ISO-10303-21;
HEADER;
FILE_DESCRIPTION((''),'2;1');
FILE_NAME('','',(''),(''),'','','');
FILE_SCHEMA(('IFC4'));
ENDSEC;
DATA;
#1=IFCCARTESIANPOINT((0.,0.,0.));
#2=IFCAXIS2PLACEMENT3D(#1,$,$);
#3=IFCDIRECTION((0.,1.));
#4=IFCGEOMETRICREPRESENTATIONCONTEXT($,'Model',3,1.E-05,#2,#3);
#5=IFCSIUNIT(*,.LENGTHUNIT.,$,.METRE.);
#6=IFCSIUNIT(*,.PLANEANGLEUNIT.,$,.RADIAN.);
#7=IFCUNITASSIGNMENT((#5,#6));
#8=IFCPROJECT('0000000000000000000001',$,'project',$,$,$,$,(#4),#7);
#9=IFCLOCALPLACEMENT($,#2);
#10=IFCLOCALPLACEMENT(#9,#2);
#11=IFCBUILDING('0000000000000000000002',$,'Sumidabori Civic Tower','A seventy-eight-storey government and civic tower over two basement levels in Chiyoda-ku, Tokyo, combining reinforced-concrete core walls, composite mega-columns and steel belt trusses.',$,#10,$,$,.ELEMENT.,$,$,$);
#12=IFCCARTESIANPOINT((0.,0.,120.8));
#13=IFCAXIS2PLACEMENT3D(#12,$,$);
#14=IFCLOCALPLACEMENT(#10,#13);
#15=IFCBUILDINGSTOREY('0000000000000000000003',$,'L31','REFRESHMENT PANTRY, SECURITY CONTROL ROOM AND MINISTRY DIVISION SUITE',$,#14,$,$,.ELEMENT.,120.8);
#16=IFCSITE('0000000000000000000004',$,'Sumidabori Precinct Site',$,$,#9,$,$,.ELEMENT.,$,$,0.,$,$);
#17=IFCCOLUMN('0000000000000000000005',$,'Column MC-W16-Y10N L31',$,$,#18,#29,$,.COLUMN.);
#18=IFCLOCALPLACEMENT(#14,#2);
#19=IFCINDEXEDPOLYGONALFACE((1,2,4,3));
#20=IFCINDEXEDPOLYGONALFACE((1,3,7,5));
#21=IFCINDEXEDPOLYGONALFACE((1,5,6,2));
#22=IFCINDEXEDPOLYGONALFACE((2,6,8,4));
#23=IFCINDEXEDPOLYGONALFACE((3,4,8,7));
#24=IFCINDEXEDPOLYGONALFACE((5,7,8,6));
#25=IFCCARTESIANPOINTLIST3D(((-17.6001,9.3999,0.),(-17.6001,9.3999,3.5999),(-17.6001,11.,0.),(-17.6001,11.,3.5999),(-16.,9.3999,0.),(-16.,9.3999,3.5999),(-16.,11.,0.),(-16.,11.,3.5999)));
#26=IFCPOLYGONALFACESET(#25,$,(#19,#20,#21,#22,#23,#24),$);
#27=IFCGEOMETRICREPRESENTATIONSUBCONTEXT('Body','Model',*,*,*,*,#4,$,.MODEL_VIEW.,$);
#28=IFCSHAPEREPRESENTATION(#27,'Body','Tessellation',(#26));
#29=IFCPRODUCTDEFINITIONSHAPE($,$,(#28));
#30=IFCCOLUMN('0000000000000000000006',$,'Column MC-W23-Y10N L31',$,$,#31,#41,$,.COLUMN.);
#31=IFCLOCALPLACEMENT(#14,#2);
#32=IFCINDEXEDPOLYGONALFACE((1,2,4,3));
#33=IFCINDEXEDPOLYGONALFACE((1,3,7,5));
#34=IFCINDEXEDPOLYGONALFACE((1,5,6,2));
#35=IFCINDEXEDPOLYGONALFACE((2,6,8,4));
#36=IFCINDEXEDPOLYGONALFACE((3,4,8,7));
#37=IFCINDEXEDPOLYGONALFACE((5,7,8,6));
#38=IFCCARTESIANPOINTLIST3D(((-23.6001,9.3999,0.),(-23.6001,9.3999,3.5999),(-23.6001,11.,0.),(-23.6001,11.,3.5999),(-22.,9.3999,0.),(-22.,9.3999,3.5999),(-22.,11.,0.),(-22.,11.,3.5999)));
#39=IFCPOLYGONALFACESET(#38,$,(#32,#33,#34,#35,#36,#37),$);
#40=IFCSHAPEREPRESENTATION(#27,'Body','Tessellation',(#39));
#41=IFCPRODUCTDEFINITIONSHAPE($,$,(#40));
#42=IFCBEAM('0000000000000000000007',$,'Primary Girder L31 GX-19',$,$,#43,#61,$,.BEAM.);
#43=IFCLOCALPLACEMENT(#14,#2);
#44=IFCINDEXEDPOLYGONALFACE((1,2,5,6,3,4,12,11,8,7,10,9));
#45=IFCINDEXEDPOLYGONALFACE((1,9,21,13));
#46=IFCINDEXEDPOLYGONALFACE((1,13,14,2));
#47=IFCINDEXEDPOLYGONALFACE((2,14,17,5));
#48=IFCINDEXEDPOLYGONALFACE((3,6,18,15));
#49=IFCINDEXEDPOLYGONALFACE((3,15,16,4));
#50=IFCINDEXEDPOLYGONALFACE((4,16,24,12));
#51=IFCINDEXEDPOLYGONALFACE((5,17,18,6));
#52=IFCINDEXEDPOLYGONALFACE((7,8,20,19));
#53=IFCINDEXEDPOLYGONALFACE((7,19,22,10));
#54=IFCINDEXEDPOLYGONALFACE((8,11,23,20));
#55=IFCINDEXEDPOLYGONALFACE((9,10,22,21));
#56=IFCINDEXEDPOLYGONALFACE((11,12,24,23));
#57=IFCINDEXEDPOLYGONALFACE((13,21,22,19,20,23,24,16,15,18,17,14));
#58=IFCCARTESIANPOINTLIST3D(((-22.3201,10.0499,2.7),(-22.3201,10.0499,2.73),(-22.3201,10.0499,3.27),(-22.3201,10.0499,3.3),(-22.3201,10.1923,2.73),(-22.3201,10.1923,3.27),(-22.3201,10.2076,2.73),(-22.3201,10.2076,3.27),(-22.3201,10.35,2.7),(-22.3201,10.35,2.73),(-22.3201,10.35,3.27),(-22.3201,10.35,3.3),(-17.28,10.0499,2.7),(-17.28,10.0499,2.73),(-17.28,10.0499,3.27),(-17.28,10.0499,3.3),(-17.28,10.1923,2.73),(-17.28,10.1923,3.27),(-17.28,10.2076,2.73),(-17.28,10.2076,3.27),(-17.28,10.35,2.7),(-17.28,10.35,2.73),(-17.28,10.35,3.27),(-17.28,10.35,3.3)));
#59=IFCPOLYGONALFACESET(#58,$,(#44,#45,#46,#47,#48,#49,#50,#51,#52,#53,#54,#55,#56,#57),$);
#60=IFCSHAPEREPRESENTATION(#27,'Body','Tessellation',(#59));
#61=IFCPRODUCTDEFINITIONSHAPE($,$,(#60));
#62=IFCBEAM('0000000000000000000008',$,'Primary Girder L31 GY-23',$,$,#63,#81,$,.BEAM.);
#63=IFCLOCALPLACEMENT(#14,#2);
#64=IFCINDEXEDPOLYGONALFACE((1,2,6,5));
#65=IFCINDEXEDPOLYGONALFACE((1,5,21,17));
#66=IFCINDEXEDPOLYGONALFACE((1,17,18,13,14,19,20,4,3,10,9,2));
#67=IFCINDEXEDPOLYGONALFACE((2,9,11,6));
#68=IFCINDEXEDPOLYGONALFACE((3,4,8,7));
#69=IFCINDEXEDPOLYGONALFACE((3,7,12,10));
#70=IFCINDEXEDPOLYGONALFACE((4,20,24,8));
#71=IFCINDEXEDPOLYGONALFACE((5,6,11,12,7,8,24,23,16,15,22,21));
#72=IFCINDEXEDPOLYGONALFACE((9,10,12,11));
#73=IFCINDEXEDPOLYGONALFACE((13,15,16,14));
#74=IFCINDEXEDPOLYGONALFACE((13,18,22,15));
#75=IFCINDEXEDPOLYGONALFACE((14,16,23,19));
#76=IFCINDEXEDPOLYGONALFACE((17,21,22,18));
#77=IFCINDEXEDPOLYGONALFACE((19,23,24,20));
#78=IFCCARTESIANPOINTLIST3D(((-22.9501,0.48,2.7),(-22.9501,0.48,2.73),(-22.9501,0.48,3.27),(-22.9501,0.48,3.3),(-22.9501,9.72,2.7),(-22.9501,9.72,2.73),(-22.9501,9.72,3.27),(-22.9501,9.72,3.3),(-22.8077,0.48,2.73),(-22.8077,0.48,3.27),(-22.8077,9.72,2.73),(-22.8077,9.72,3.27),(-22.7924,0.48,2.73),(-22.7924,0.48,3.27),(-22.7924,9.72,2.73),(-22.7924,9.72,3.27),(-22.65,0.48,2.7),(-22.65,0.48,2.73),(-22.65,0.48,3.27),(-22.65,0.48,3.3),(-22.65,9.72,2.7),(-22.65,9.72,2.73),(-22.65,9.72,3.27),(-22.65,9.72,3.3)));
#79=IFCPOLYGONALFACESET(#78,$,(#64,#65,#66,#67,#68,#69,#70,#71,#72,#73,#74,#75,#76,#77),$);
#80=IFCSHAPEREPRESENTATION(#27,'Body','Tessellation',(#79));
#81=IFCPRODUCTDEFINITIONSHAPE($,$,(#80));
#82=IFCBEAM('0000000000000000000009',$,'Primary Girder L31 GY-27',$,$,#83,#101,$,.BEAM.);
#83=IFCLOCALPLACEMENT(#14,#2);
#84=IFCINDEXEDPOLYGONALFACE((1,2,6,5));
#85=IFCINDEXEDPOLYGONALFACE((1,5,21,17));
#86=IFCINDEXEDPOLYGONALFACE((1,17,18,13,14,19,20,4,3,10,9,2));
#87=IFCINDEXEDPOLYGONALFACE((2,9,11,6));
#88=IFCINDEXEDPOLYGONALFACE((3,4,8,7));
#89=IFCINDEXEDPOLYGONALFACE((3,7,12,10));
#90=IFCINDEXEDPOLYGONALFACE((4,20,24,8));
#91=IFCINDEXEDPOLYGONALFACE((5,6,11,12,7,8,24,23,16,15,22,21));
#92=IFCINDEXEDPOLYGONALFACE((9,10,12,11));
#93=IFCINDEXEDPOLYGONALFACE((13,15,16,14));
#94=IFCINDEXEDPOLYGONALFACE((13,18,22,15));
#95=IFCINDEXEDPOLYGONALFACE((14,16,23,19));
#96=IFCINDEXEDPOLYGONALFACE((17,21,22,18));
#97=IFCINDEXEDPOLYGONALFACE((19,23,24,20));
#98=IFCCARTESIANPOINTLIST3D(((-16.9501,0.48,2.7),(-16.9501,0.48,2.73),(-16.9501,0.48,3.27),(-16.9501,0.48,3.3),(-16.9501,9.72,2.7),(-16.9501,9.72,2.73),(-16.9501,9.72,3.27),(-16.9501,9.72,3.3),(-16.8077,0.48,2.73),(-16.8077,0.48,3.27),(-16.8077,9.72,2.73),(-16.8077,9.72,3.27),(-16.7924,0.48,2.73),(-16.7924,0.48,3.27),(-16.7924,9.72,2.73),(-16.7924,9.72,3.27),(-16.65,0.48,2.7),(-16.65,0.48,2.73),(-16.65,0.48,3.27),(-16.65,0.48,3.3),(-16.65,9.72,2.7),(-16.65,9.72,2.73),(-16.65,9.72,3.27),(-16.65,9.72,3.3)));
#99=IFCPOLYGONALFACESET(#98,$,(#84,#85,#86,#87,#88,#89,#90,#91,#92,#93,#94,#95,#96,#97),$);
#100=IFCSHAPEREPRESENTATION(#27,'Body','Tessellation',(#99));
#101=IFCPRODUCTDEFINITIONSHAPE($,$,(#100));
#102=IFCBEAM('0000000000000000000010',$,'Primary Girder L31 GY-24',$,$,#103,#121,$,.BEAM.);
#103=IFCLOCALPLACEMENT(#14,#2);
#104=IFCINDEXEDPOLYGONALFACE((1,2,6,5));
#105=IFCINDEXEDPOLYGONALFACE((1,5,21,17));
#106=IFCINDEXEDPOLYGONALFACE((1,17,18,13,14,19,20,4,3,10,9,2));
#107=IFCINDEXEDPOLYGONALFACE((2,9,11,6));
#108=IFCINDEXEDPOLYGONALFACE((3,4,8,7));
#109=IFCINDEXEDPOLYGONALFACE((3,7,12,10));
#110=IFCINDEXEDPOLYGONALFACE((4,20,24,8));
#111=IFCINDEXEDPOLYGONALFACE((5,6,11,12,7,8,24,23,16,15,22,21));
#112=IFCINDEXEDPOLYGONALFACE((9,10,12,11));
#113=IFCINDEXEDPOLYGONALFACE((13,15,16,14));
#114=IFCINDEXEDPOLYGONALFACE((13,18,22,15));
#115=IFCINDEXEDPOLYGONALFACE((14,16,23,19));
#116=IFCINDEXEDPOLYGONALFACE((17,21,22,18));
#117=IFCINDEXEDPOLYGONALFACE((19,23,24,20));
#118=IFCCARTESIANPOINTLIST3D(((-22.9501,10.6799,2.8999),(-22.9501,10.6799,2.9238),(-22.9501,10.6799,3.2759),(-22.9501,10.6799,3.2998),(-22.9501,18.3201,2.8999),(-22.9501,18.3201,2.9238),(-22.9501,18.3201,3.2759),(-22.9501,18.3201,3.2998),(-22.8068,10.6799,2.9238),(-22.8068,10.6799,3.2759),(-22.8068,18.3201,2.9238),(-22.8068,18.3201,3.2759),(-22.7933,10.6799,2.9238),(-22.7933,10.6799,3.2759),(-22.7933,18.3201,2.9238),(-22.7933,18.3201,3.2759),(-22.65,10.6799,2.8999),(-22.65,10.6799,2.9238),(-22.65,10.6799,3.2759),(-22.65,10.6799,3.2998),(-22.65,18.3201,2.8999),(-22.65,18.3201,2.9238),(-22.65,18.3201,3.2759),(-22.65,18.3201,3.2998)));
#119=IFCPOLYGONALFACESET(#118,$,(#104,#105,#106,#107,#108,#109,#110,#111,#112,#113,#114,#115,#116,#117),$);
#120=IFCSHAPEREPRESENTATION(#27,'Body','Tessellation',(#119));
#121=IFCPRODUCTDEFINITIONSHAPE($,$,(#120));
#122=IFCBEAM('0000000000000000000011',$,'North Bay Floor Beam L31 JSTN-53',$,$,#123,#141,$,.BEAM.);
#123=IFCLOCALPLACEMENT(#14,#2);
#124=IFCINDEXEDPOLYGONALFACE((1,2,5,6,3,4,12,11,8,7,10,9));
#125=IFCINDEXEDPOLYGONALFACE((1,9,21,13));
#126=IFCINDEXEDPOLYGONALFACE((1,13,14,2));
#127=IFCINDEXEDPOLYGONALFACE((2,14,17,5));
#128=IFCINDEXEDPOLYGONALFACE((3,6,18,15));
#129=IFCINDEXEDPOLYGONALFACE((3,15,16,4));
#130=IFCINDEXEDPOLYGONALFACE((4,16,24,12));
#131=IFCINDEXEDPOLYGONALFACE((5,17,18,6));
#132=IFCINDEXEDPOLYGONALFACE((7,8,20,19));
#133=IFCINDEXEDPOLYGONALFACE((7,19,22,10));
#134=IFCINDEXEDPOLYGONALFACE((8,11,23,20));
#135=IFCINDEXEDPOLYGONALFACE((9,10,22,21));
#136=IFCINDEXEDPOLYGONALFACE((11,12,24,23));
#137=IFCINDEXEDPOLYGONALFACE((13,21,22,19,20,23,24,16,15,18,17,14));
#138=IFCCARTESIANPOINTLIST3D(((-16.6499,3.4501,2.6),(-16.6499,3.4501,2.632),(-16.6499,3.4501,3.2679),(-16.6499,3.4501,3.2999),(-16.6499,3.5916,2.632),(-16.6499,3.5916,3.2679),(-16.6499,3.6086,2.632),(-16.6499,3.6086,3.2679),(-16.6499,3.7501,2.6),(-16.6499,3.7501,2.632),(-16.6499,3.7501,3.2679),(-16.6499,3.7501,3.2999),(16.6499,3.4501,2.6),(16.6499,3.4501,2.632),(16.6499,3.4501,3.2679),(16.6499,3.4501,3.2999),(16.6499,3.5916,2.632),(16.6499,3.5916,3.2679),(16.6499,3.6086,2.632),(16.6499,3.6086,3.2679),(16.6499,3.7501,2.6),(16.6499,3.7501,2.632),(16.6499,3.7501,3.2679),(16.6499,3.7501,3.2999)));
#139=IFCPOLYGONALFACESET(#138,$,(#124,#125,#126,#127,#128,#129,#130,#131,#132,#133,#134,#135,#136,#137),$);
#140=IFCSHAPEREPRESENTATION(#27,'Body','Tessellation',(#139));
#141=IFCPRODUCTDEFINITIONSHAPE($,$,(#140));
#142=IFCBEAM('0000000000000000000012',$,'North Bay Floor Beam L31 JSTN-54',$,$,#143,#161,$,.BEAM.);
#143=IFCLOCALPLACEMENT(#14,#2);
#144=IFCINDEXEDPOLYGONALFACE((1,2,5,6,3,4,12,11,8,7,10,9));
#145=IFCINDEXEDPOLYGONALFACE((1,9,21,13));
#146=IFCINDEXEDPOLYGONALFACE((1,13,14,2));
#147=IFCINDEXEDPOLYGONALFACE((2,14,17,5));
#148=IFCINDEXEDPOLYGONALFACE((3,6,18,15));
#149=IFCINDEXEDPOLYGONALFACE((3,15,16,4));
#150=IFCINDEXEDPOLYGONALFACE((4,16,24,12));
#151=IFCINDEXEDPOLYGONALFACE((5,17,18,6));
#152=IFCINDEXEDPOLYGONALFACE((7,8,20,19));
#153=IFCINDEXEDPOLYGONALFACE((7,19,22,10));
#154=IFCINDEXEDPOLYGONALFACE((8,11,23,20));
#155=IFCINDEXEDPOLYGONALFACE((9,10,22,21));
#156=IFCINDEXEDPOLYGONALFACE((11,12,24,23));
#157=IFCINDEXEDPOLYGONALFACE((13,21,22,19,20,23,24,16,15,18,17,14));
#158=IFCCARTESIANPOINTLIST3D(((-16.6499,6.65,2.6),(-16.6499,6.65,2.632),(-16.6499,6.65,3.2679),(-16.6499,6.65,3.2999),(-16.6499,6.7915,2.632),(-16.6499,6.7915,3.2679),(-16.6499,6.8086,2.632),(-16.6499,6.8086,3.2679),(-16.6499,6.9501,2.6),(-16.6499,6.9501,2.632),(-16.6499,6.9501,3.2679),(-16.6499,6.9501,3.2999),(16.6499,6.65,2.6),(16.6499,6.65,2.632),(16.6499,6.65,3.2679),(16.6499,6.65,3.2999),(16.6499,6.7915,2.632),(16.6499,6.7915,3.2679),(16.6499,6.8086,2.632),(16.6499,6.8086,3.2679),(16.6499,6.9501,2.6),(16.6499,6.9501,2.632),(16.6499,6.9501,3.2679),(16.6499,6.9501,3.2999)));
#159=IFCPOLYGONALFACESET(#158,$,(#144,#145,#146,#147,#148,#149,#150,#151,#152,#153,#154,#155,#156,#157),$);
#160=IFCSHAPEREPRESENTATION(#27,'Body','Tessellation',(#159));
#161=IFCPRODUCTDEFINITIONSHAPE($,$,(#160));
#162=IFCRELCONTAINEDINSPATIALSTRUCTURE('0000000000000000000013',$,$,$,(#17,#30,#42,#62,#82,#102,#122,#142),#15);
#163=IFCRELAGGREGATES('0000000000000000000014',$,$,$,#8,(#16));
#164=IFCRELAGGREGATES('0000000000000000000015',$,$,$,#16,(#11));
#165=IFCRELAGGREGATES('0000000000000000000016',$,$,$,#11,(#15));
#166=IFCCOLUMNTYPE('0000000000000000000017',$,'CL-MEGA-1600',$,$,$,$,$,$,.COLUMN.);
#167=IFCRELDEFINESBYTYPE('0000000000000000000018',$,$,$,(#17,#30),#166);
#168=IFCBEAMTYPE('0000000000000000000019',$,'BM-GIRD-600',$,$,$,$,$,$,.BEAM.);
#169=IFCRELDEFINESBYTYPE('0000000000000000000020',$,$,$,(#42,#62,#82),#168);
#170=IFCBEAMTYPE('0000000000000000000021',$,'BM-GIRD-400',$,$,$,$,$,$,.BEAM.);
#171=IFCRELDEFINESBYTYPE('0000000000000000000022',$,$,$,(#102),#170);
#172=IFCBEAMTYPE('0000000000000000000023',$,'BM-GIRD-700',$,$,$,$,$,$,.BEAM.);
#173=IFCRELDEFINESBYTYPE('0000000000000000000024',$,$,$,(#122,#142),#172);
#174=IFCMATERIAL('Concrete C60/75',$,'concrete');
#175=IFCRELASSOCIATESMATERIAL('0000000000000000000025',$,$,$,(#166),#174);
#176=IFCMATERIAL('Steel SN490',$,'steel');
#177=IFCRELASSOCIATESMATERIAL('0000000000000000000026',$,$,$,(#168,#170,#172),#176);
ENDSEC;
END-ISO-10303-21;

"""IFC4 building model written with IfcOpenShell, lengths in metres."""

from ifc_helpers import new_model, si_unit, direction, frame, origin, origin_2d, place, context, subcontext, project, spatial, rectangle, i_section, extrude, source, transform, mapped, material, material_profile, profile_set, type_object, element, save


model = new_model("IFC4")

# Units and contexts
model_context = context("Model", 3, precision=1e-05, world=origin(), true_north=direction((0.0, 1.0)))
body_context = subcontext(model_context, "Body", "Model", "MODEL_VIEW")
ifc_project = project(units=[si_unit("LENGTHUNIT", "METRE"), si_unit("PLANEANGLEUNIT", "RADIAN")], contexts=[model_context])

# Site, building, storey
site_placement = place(None, origin())
site = spatial("IfcSite", under=ifc_project, at=site_placement, Name="Sumidabori Precinct Site", CompositionType="ELEMENT", RefElevation=0.0)
building_placement = place(site_placement, origin())
building = spatial("IfcBuilding", under=site, at=building_placement, Name="Sumidabori Civic Tower", Description="A seventy-eight-storey government and civic tower over two basement levels in Chiyoda-ku, Tokyo, combining reinforced-concrete core walls, composite mega-columns and steel belt trusses.", CompositionType="ELEMENT")
storey_placement = place(building_placement, frame((0.0, 0.0, 120.8)))
storey = spatial("IfcBuildingStorey", under=building, at=storey_placement, Name="L31", Description="REFRESHMENT PANTRY, SECURITY CONTROL ROOM AND MINISTRY DIVISION SUITE", CompositionType="ELEMENT", Elevation=120.8)

# Columns
ifc_material_1 = material(Name="Concrete C60/75", Category="concrete")
ifc_material_profile_1 = material_profile(ifc_material_1, rectangle(XDim=1.6001, YDim=1.6001, at=origin_2d()), Name="RC 1600x1600")
ifc_profile_set_1 = profile_set([ifc_material_profile_1], Name="Concrete C60/75")
column_type = type_object("IfcColumnType", Name="CL-MEGA-1600", PredefinedType="COLUMN", material=ifc_profile_set_1)
shared_shape_1 = source(origin(), body_context, "Body", "SweptSolid", [
    extrude(rectangle(XDim=1.6001, YDim=1.6001, at=origin_2d()), origin(), (0.0, 0.0, 1.0), 3.5999),
])
for number, where, z_axis, x_axis, name in (
    (1, (-16.8, 10.2, 0.0), (0.0, 0.0, 1.0), (1.0, 0.0, 0.0), "Column MC-W16-Y10N L31"),
    (2, (-22.8, 10.2, 0.0), (0.0, 0.0, 1.0), (1.0, 0.0, 0.0), "Column MC-W23-Y10N L31"),
):
    element("IfcColumn", number, at=place(storey_placement, frame(where, z_axis=z_axis, x_axis=x_axis)), inside=storey, type_object=column_type, Name=name, PredefinedType="COLUMN", context=body_context, shape_type="MappedRepresentation", body=[
        mapped(shared_shape_1, transform((0.0, 0.0, 0.0), x_axis=(1.0, 0.0, 0.0), y_axis=(0.0, 1.0, 0.0), z_axis=(0.0, 0.0, 1.0), scale=1.0)),
    ])

# Beams
ifc_material_2 = material(Name="Steel SN490", Category="steel")
ifc_material_profile_2 = material_profile(ifc_material_2, i_section(OverallWidth=0.3, OverallDepth=0.6001, WebThickness=0.0154, FlangeThickness=0.03, at=origin_2d()), Name="HE 600 B")
ifc_profile_set_2 = profile_set([ifc_material_profile_2], Name="Steel SN490")
beam_type_1 = type_object("IfcBeamType", Name="BM-GIRD-600", PredefinedType="BEAM", material=ifc_profile_set_2)
shared_shape_2 = source(origin(), body_context, "Body", "SweptSolid", [
    extrude(i_section(OverallWidth=0.3, OverallDepth=0.6001, WebThickness=0.0154, FlangeThickness=0.03, at=origin_2d()), origin(), (0.0, 0.0, 1.0), 5.04),
])
beam_1_placement = place(storey_placement, frame((-22.3201, 10.2, 3.0), z_axis=(1.0, 0.0, 0.0), x_axis=(0.0, 1.0, 0.0)))
element("IfcBeam", 3, at=beam_1_placement, inside=storey, type_object=beam_type_1, Name="Primary Girder L31 GX-19", PredefinedType="BEAM", context=body_context, shape_type="MappedRepresentation", body=[
    mapped(shared_shape_2, transform((0.0, 0.0, 0.0), x_axis=(1.0, 0.0, 0.0), y_axis=(0.0, 1.0, 0.0), z_axis=(0.0, 0.0, 1.0), scale=1.0)),
])
shared_shape_3 = source(origin(), body_context, "Body", "SweptSolid", [
    extrude(i_section(OverallWidth=0.3, OverallDepth=0.6001, WebThickness=0.0154, FlangeThickness=0.03, at=origin_2d()), origin(), (0.0, 0.0, 1.0), 9.24),
])
for number, where, z_axis, x_axis, name in (
    (4, (-22.8, 0.48, 3.0), (0.0, 1.0, 0.0), (-1.0, 0.0, 0.0), "Primary Girder L31 GY-23"),
    (5, (-16.8, 0.48, 3.0), (0.0, 1.0, 0.0), (-1.0, 0.0, 0.0), "Primary Girder L31 GY-27"),
):
    element("IfcBeam", number, at=place(storey_placement, frame(where, z_axis=z_axis, x_axis=x_axis)), inside=storey, type_object=beam_type_1, Name=name, PredefinedType="BEAM", context=body_context, shape_type="MappedRepresentation", body=[
        mapped(shared_shape_3, transform((0.0, 0.0, 0.0), x_axis=(1.0, 0.0, 0.0), y_axis=(0.0, 1.0, 0.0), z_axis=(0.0, 0.0, 1.0), scale=1.0)),
    ])
ifc_material_profile_3 = material_profile(ifc_material_2, i_section(OverallWidth=0.3, OverallDepth=0.3999, WebThickness=0.0134, FlangeThickness=0.0239, at=origin_2d()), Name="HE 400 B")
ifc_profile_set_3 = profile_set([ifc_material_profile_3], Name="Steel SN490")
beam_type_2 = type_object("IfcBeamType", Name="BM-GIRD-400", PredefinedType="BEAM", material=ifc_profile_set_3)
shared_shape_4 = source(origin(), body_context, "Body", "SweptSolid", [
    extrude(i_section(OverallWidth=0.3, OverallDepth=0.3999, WebThickness=0.0134, FlangeThickness=0.0239, at=origin_2d()), origin(), (0.0, 0.0, 1.0), 7.6401),
])
beam_2_placement = place(storey_placement, frame((-22.8, 10.6799, 3.0999), z_axis=(0.0, 1.0, 0.0), x_axis=(-1.0, 0.0, 0.0)))
element("IfcBeam", 6, at=beam_2_placement, inside=storey, type_object=beam_type_2, Name="Primary Girder L31 GY-24", PredefinedType="BEAM", context=body_context, shape_type="MappedRepresentation", body=[
    mapped(shared_shape_4, transform((0.0, 0.0, 0.0), x_axis=(1.0, 0.0, 0.0), y_axis=(0.0, 1.0, 0.0), z_axis=(0.0, 0.0, 1.0), scale=1.0)),
])
ifc_material_profile_4 = material_profile(ifc_material_2, i_section(OverallWidth=0.3, OverallDepth=0.7, WebThickness=0.0171, FlangeThickness=0.032, at=origin_2d()), Name="HE 700 B")
ifc_profile_set_4 = profile_set([ifc_material_profile_4], Name="Steel SN490")
beam_type_3 = type_object("IfcBeamType", Name="BM-GIRD-700", PredefinedType="BEAM", material=ifc_profile_set_4)
shared_shape_5 = source(origin(), body_context, "Body", "SweptSolid", [
    extrude(i_section(OverallWidth=0.3, OverallDepth=0.7, WebThickness=0.0171, FlangeThickness=0.032, at=origin_2d()), origin(), (0.0, 0.0, 1.0), 33.2998),
])
for number, where, z_axis, x_axis, name in (
    (7, (-16.6499, 3.6001, 2.95), (1.0, 0.0, 0.0), (0.0, 1.0, 0.0), "North Bay Floor Beam L31 JSTN-53"),
    (8, (-16.6499, 6.8, 2.95), (1.0, 0.0, 0.0), (0.0, 1.0, 0.0), "North Bay Floor Beam L31 JSTN-54"),
):
    element("IfcBeam", number, at=place(storey_placement, frame(where, z_axis=z_axis, x_axis=x_axis)), inside=storey, type_object=beam_type_3, Name=name, PredefinedType="BEAM", context=body_context, shape_type="MappedRepresentation", body=[
        mapped(shared_shape_5, transform((0.0, 0.0, 0.0), x_axis=(1.0, 0.0, 0.0), y_axis=(0.0, 1.0, 0.0), z_axis=(0.0, 0.0, 1.0), scale=1.0)),
    ])

save(model, "model.ifc")
